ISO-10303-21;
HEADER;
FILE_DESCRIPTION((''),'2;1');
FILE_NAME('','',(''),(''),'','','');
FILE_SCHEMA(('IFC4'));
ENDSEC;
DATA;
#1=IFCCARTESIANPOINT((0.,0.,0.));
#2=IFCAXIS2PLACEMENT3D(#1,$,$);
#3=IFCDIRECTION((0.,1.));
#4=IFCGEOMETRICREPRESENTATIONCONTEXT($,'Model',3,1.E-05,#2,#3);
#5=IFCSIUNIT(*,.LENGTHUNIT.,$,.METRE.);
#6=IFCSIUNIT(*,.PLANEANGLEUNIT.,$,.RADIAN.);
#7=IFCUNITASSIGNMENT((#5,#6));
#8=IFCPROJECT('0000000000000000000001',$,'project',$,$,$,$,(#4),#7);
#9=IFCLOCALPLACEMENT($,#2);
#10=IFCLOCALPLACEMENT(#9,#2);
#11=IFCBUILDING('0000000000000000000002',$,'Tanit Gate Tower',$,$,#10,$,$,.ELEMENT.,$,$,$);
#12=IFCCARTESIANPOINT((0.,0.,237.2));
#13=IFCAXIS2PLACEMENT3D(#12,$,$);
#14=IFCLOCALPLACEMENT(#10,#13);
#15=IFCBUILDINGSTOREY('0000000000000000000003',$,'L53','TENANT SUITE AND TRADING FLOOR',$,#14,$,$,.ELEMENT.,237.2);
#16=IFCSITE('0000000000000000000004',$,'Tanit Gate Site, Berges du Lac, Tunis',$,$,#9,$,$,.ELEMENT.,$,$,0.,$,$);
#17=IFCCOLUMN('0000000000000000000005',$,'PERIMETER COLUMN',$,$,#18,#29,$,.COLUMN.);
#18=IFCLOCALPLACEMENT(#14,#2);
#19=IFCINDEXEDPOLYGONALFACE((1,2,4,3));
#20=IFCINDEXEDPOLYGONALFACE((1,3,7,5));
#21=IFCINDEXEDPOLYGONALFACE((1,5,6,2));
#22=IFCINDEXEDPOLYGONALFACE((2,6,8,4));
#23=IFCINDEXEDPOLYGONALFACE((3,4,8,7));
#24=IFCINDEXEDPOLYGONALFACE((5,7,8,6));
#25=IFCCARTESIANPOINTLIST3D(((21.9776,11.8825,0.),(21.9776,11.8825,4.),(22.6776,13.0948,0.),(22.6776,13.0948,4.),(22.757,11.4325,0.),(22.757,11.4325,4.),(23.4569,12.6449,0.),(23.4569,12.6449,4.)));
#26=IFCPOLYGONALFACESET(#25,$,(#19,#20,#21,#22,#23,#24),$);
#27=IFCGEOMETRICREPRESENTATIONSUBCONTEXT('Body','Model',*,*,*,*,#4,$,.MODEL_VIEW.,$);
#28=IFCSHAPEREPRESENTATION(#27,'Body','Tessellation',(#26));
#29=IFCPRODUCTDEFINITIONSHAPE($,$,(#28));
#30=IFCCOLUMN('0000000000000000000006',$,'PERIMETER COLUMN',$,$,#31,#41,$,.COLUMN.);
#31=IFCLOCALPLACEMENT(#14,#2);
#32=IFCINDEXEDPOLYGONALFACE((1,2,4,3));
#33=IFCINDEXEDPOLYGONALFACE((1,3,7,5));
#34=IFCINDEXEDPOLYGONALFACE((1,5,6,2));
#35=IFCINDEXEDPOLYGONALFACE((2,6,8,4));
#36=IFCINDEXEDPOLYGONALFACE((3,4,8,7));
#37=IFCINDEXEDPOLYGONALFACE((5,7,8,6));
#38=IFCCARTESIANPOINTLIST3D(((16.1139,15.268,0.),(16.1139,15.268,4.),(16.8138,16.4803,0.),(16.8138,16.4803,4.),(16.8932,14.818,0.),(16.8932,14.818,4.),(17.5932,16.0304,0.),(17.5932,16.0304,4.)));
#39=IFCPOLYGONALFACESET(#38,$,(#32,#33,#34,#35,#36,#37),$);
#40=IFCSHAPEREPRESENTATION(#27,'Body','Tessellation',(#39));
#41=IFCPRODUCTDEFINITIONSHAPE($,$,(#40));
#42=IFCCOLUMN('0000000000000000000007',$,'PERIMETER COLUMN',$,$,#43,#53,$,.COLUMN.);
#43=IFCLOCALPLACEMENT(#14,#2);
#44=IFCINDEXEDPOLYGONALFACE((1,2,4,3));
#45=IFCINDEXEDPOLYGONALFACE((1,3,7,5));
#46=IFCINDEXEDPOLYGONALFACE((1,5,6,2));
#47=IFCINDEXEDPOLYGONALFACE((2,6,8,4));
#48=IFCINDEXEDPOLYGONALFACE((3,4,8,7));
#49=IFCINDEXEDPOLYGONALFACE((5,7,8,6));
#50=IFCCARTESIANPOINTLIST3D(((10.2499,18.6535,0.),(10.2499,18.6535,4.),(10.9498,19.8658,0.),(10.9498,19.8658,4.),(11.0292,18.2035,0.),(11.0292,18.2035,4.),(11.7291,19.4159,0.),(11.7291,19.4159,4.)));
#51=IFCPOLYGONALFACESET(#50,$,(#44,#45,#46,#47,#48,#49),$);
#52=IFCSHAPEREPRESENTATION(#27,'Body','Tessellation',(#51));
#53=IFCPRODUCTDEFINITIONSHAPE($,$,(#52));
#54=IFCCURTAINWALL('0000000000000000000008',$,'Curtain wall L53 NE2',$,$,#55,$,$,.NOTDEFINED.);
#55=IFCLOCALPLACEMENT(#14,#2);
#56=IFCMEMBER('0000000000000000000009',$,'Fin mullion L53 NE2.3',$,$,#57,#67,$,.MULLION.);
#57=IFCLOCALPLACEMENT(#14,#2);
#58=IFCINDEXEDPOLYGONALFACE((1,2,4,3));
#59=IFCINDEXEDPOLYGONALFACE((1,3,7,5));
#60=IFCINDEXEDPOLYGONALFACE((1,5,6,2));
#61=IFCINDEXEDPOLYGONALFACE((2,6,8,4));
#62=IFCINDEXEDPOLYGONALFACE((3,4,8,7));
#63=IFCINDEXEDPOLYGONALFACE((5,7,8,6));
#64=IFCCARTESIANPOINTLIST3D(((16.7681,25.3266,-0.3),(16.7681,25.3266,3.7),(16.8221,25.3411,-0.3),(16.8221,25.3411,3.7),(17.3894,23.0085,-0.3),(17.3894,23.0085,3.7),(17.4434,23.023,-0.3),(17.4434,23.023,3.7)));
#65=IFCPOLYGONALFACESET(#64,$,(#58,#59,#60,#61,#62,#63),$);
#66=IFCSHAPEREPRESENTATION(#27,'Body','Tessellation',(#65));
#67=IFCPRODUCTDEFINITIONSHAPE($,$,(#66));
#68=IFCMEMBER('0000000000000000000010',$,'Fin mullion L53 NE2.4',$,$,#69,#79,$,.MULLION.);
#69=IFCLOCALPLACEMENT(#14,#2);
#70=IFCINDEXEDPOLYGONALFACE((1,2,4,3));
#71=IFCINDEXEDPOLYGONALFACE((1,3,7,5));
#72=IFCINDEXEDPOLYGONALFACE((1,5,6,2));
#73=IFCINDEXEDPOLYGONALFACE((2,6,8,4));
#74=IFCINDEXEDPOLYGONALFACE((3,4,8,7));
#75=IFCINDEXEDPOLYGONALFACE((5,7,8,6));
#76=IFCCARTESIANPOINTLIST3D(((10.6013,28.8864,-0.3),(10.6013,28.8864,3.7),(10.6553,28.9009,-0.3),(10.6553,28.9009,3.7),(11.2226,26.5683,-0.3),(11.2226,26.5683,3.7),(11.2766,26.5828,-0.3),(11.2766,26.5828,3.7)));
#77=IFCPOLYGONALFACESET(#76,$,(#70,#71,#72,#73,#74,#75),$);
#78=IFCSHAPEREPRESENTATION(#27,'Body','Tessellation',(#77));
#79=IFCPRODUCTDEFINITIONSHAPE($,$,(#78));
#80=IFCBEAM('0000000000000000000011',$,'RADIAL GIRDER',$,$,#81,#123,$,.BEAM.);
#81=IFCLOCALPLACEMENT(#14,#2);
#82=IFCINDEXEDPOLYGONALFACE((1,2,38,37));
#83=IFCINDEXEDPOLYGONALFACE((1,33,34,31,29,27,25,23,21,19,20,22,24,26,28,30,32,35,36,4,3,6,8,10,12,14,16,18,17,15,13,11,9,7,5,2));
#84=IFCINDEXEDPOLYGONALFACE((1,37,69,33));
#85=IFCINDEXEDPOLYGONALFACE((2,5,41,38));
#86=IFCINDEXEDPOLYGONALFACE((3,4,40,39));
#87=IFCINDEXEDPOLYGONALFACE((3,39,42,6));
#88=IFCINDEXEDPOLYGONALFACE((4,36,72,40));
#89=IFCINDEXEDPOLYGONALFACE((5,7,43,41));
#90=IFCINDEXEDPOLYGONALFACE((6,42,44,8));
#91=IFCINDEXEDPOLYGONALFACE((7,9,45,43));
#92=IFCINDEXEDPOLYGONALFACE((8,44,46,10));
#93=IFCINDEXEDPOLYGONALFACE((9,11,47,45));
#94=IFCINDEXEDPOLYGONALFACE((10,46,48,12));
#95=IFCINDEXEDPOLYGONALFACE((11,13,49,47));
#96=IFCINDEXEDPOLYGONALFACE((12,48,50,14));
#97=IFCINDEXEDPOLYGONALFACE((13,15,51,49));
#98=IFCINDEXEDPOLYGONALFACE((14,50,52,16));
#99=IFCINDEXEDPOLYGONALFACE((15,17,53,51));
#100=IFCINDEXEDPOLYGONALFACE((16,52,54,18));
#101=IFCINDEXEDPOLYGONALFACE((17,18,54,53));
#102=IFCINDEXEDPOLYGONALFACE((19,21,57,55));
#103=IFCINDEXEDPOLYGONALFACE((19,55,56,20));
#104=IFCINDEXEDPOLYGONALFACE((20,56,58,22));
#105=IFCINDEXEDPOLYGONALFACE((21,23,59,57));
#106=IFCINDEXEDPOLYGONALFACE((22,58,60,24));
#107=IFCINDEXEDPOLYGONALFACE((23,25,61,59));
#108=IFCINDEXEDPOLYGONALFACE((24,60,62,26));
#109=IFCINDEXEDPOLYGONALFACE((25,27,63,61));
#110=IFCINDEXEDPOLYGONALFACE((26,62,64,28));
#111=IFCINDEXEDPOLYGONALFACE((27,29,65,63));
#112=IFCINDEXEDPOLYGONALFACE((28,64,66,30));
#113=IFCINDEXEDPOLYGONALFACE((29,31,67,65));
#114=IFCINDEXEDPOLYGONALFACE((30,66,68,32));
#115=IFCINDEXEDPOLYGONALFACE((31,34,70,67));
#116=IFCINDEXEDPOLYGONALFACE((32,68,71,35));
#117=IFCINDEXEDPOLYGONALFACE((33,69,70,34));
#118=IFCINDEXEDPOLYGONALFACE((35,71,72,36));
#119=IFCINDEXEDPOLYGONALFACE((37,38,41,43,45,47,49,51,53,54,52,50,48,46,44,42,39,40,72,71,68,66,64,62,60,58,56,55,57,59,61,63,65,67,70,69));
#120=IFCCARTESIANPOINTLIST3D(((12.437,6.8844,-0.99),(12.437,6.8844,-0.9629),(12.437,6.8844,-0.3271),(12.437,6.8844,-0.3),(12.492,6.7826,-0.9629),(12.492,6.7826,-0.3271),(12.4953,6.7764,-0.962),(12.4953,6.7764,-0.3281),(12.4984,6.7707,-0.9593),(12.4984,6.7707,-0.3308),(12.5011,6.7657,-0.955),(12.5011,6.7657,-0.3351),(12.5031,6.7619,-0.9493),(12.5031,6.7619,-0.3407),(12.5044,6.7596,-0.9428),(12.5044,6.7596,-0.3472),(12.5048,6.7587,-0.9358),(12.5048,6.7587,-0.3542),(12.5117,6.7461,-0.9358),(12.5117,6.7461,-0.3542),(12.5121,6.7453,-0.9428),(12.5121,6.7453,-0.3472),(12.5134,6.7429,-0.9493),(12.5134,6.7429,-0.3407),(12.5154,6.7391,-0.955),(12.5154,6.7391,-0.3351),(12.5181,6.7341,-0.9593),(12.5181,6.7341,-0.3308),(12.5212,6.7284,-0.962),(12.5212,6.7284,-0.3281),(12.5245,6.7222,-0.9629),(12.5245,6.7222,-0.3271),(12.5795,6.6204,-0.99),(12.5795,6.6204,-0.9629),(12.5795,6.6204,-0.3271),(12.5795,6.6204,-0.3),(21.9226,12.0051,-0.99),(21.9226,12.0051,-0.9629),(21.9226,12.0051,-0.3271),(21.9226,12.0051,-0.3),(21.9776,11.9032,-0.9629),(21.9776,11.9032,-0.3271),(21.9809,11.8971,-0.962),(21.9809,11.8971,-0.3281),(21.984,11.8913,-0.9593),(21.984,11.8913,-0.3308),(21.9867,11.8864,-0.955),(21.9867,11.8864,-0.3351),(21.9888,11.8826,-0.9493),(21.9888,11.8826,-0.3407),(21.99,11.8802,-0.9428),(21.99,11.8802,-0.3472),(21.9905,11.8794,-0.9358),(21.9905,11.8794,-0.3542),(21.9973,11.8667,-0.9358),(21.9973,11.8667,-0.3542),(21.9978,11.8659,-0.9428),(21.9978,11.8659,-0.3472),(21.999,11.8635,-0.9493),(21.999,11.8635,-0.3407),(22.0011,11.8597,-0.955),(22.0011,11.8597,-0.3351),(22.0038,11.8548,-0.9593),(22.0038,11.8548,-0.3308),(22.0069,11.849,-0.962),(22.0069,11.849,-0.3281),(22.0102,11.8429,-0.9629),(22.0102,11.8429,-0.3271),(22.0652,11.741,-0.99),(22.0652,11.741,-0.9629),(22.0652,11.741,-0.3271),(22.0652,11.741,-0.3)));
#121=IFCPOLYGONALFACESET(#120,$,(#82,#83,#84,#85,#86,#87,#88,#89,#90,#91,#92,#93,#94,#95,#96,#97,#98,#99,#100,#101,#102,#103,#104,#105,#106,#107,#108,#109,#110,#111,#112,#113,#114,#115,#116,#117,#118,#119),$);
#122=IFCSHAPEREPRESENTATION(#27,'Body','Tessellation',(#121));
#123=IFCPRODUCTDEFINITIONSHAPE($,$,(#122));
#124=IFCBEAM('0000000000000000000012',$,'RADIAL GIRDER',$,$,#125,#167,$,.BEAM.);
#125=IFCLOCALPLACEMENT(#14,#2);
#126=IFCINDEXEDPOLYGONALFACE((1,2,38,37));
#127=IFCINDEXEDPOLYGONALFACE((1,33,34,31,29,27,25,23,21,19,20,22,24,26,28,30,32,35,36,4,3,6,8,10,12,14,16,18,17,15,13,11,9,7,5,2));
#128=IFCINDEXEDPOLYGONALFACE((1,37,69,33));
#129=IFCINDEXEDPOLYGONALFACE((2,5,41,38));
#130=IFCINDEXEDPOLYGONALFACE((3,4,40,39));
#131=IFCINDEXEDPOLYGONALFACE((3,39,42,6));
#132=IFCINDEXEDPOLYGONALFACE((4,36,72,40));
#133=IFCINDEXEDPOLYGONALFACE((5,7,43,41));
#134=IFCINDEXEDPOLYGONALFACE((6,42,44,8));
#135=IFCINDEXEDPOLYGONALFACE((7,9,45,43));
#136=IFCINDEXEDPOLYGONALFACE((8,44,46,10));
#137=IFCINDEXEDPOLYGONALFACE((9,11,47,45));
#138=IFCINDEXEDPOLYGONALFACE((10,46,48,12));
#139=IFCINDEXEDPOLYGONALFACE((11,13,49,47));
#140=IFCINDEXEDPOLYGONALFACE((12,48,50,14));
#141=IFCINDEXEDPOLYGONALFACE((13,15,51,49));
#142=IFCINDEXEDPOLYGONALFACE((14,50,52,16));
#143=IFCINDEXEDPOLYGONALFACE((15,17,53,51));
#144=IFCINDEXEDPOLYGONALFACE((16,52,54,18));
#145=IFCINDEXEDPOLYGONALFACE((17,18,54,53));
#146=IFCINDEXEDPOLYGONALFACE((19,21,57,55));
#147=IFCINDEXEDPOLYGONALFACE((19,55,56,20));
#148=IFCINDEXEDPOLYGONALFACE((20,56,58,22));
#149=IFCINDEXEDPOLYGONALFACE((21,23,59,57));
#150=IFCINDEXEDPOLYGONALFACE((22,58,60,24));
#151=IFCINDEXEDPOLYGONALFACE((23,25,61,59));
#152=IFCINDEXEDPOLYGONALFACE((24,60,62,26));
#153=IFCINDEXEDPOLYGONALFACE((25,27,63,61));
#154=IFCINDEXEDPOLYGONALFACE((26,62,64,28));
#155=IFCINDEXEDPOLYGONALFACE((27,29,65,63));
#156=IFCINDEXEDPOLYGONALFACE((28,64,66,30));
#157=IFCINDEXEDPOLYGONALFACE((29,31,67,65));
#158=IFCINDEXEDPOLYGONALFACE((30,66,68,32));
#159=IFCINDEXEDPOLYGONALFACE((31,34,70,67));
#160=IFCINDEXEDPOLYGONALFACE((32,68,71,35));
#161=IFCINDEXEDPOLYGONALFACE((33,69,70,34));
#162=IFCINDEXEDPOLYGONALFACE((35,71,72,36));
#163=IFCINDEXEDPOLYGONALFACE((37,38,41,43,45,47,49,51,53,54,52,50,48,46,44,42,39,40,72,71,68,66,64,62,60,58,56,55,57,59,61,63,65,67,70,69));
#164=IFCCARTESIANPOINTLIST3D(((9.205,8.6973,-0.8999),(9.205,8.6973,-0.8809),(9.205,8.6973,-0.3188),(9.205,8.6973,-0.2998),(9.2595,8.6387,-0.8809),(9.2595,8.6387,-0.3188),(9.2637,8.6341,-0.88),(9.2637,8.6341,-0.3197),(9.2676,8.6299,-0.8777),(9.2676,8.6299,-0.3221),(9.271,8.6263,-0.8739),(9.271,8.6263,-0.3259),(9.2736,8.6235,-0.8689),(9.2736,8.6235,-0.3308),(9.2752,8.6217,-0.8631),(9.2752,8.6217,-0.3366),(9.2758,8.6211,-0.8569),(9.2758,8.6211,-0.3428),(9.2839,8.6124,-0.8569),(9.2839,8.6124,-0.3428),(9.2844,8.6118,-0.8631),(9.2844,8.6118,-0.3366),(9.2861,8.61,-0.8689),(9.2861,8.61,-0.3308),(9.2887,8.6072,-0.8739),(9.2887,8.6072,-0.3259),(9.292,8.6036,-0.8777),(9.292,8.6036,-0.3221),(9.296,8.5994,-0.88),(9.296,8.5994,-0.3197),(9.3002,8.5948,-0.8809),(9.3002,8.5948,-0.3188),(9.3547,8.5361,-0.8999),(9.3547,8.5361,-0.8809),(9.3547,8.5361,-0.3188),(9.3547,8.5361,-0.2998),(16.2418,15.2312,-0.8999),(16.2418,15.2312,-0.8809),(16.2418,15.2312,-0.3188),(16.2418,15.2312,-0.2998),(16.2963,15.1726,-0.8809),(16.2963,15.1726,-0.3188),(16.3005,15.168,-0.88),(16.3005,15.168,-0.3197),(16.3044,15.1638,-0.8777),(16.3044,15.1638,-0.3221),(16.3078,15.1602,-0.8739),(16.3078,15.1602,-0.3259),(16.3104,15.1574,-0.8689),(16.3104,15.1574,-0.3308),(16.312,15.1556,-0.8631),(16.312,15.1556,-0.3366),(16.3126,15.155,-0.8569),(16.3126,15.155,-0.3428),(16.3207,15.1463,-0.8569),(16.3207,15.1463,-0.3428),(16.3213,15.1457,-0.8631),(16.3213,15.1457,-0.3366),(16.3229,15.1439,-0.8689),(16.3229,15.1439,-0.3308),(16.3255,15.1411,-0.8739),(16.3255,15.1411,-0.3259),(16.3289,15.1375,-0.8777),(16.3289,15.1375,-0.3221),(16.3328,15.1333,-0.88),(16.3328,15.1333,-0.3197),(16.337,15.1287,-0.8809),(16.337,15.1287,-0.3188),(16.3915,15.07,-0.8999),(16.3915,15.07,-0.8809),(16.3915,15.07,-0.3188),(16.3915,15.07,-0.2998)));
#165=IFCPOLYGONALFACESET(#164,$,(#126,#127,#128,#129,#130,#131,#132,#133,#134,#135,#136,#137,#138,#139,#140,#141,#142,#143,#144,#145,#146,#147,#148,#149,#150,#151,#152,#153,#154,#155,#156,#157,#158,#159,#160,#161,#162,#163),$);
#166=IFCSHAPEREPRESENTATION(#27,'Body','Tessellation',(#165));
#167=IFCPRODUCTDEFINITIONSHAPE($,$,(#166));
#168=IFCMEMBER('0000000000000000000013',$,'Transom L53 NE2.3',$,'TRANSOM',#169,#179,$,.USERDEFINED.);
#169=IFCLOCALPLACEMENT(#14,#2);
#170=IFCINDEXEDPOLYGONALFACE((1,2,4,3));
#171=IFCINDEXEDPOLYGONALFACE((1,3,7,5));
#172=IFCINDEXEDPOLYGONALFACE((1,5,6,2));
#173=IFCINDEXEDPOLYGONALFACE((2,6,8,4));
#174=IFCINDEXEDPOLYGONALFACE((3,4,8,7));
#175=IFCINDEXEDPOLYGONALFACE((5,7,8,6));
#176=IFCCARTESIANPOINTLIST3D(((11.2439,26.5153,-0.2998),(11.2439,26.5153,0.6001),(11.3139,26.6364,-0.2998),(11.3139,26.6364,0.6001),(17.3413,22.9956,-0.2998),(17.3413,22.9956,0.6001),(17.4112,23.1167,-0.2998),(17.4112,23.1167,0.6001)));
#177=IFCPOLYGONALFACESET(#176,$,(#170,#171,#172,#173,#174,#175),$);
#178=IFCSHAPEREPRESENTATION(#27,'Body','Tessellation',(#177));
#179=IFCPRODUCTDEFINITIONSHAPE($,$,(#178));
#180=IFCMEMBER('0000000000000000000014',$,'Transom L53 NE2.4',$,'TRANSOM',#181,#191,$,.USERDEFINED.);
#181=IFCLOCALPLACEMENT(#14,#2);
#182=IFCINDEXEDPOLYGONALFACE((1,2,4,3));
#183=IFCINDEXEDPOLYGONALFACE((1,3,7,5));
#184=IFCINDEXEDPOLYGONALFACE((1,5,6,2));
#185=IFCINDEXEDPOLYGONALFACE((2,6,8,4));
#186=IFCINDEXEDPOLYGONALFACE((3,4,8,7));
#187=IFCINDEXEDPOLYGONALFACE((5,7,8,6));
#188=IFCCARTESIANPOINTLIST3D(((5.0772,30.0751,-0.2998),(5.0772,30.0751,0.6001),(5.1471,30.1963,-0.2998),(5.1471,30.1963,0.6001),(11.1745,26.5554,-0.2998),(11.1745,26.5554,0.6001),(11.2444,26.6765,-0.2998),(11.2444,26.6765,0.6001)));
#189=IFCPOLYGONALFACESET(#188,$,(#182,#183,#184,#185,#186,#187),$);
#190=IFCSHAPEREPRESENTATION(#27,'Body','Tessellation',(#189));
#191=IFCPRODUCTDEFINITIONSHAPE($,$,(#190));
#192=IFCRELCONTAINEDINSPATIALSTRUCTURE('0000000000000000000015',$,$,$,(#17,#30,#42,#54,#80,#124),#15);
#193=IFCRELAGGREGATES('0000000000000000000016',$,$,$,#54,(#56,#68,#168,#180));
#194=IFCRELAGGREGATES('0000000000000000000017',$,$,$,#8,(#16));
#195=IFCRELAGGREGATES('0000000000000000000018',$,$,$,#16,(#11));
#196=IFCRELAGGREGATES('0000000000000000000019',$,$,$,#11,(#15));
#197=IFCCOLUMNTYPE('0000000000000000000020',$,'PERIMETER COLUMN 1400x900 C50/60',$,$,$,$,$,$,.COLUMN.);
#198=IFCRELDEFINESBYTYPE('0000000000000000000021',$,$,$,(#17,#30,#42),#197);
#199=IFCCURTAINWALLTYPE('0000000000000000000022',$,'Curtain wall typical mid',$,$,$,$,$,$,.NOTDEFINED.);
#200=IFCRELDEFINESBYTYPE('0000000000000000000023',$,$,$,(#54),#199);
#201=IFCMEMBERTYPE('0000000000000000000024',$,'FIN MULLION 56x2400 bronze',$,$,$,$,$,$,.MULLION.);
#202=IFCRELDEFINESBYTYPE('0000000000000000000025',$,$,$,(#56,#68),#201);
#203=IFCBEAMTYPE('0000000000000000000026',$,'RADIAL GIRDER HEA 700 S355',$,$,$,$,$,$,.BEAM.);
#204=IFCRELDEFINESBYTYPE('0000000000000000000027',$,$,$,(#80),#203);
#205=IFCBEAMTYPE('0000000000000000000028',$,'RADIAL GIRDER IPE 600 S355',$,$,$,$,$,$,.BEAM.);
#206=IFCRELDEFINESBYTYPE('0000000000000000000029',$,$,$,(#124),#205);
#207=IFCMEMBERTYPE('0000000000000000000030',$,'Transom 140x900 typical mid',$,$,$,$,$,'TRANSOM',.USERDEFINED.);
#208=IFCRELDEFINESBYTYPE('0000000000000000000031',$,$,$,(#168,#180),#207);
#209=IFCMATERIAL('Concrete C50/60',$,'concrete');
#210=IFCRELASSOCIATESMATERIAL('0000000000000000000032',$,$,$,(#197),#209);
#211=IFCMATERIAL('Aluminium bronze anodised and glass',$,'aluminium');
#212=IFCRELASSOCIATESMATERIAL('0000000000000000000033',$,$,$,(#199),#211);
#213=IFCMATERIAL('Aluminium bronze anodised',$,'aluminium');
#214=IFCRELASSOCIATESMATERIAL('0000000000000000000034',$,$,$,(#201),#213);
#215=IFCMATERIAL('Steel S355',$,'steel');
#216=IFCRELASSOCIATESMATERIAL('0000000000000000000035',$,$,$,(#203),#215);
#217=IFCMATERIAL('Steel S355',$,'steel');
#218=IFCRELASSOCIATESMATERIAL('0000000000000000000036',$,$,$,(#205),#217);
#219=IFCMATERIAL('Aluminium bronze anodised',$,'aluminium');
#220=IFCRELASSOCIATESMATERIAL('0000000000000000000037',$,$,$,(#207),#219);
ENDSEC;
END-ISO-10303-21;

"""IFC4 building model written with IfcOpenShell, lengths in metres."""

from ifc_helpers import new_model, si_unit, direction, frame, origin, origin_2d, place, context, subcontext, project, spatial, rectangle, i_section, extrude, material, material_profile, profile_set, type_object, element, aggregate, save


model = new_model("IFC4")

# Units and contexts
model_context = context("Model", 3, precision=1e-05, world=origin(), true_north=direction((0.0, 1.0)))
body_context = subcontext(model_context, "Body", "Model", "MODEL_VIEW")
ifc_project = project(units=[si_unit("LENGTHUNIT", "METRE"), si_unit("PLANEANGLEUNIT", "RADIAN")], contexts=[model_context])

# Site, building, storey
site_placement = place(None, origin())
site = spatial("IfcSite", under=ifc_project, at=site_placement, Name="Tanit Gate Site, Berges du Lac, Tunis", CompositionType="ELEMENT", RefElevation=0.0)
building_placement = place(site_placement, origin())
building = spatial("IfcBuilding", under=site, at=building_placement, Name="Tanit Gate Tower", CompositionType="ELEMENT")
storey_placement = place(building_placement, frame((0.0, 0.0, 237.2)))
storey = spatial("IfcBuildingStorey", under=building, at=storey_placement, Name="L53", Description="TENANT SUITE AND TRADING FLOOR", CompositionType="ELEMENT", Elevation=237.2)

# Columns
ifc_material_1 = material(Name="Concrete C50/60", Category="concrete")
ifc_material_profile_1 = material_profile(ifc_material_1, rectangle(XDim=1.3999, YDim=0.8999, at=origin_2d()), Name="RC 1400x900")
ifc_profile_set_1 = profile_set([ifc_material_profile_1], Name="Concrete C50/60")
column_type = type_object("IfcColumnType", Name="PERIMETER COLUMN 1400x900 C50/60", PredefinedType="COLUMN", material=ifc_profile_set_1)
for number, where, z_axis, x_axis, name in (
    (1, (22.7173, 12.2637, 0.0), (0.0, 0.0, 1.0), (0.5, 0.866025, 0.0), "PERIMETER COLUMN"),
    (2, (16.8535, 15.6492, 0.0), (0.0, 0.0, 1.0), (0.5, 0.866025, 0.0), "PERIMETER COLUMN"),
    (3, (10.9895, 19.0347, 0.0), (0.0, 0.0, 1.0), (0.5, 0.866025, 0.0), "PERIMETER COLUMN"),
):
    element("IfcColumn", number, at=place(storey_placement, frame(where, z_axis=z_axis, x_axis=x_axis)), inside=storey, type_object=column_type, Name=name, PredefinedType="COLUMN", context=body_context, shape_type="SweptSolid", body=[
        extrude(rectangle(XDim=1.3999, YDim=0.8999, at=origin_2d()), origin(), (0.0, 0.0, 1.0), 4.0),
    ])

# Curtain wall, members
ifc_material_2 = material(Name="Aluminium bronze anodised and glass", Category="aluminium")
curtain_wall_type = type_object("IfcCurtainWallType", Name="Curtain wall typical mid", PredefinedType="NOTDEFINED", material=ifc_material_2)
curtain_wall_placement = place(storey_placement, origin())
curtain_wall = element("IfcCurtainWall", 4, at=curtain_wall_placement, inside=storey, type_object=curtain_wall_type, Name="Curtain wall L53 NE2", PredefinedType="NOTDEFINED")
ifc_material_3 = material(Name="Aluminium bronze anodised", Category="aluminium")
ifc_material_profile_2 = material_profile(ifc_material_3, rectangle(XDim=2.3999, YDim=0.0559, at=origin_2d()), Name="56x2400 bronze fin mullion")
ifc_profile_set_2 = profile_set([ifc_material_profile_2], Name="Aluminium bronze anodised")
member_type_1 = type_object("IfcMemberType", Name="FIN MULLION 56x2400 bronze", PredefinedType="MULLION", material=ifc_profile_set_2)
member_1_placement = place(storey_placement, frame((17.1057, 24.1748, -0.3), z_axis=(0.0, 0.0, 1.0), x_axis=(0.258886, -0.965908, 0.0)))
member_1 = element("IfcMember", 5, at=member_1_placement, type_object=member_type_1, Name="Fin mullion L53 NE2.3", PredefinedType="MULLION", context=body_context, shape_type="SweptSolid", body=[
    extrude(rectangle(XDim=2.3999, YDim=0.0559, at=origin_2d()), origin(), (0.0, 0.0, 1.0), 4.0),
])
member_2_placement = place(storey_placement, frame((10.939, 27.7346, -0.3), z_axis=(0.0, 0.0, 1.0), x_axis=(0.258886, -0.965908, 0.0)))
member_2 = element("IfcMember", 6, at=member_2_placement, type_object=member_type_1, Name="Fin mullion L53 NE2.4", PredefinedType="MULLION", context=body_context, shape_type="SweptSolid", body=[
    extrude(rectangle(XDim=2.3999, YDim=0.0559, at=origin_2d()), origin(), (0.0, 0.0, 1.0), 4.0),
])

# Beams
ifc_material_4 = material(Name="Steel S355", Category="steel")
ifc_material_profile_3 = material_profile(ifc_material_4, i_section(OverallWidth=0.3, OverallDepth=0.6899, WebThickness=0.0144, FlangeThickness=0.0271, FilletRadius=0.0271, at=origin_2d()), Name="HEA 700")
ifc_profile_set_3 = profile_set([ifc_material_profile_3], Name="Steel S355")
beam_type_1 = type_object("IfcBeamType", Name="RADIAL GIRDER HEA 700 S355", PredefinedType="BEAM", material=ifc_profile_set_3)
beam_1_placement = place(storey_placement, frame((21.9939, 11.873, -0.645), z_axis=(-0.879968, -0.475033, 0.0), x_axis=(0.475033, -0.879968, 0.0)))
element("IfcBeam", 7, at=beam_1_placement, inside=storey, type_object=beam_type_1, Name="RADIAL GIRDER", PredefinedType="BEAM", context=body_context, shape_type="SweptSolid", body=[
    extrude(i_section(OverallWidth=0.3, OverallDepth=0.6899, WebThickness=0.0144, FlangeThickness=0.0271, FilletRadius=0.0271, at=origin_2d()), origin(), (0.0, 0.0, 1.0), 10.7795),
])
ifc_material_5 = material(Name="Steel S355", Category="steel")
ifc_material_profile_4 = material_profile(ifc_material_5, i_section(OverallWidth=0.22, OverallDepth=0.6001, WebThickness=0.012, FlangeThickness=0.019, FilletRadius=0.0239, at=origin_2d()), Name="IPE 600")
ifc_profile_set_4 = profile_set([ifc_material_profile_4], Name="Steel S355")
beam_type_2 = type_object("IfcBeamType", Name="RADIAL GIRDER IPE 600 S355", PredefinedType="BEAM", material=ifc_profile_set_4)
beam_2_placement = place(storey_placement, frame((16.3167, 15.1506, -0.5999), z_axis=(-0.732809, -0.680435, 0.0), x_axis=(0.680435, -0.732809, 0.0)))
element("IfcBeam", 8, at=beam_2_placement, inside=storey, type_object=beam_type_2, Name="RADIAL GIRDER", PredefinedType="BEAM", context=body_context, shape_type="SweptSolid", body=[
    extrude(i_section(OverallWidth=0.22, OverallDepth=0.6001, WebThickness=0.012, FlangeThickness=0.019, FilletRadius=0.0239, at=origin_2d()), origin(), (0.0, 0.0, 1.0), 9.6025),
])

# Members
ifc_material_6 = material(Name="Aluminium bronze anodised", Category="aluminium")
ifc_material_profile_5 = material_profile(ifc_material_6, rectangle(XDim=0.1399, YDim=0.8999, at=origin_2d()), Name="140x900 bronze transom")
ifc_profile_set_5 = profile_set([ifc_material_profile_5], Name="Aluminium bronze anodised")
member_type_2 = type_object("IfcMemberType", Name="Transom 140x900 typical mid", ElementType="TRANSOM", PredefinedType="USERDEFINED", material=ifc_profile_set_5)
member_3_placement = place(storey_placement, frame((17.3762, 23.0562, 0.1501), z_axis=(-0.86606, 0.49994, 0.0), x_axis=(-0.49994, -0.86606, 0.0)))
member_3 = element("IfcMember", 9, at=member_3_placement, type_object=member_type_2, Name="Transom L53 NE2.3", ObjectType="TRANSOM", PredefinedType="USERDEFINED", context=body_context, shape_type="SweptSolid", body=[
    extrude(rectangle(XDim=0.1399, YDim=0.8999, at=origin_2d()), origin(), (0.0, 0.0, 1.0), 7.0403),
])
member_4_placement = place(storey_placement, frame((11.2095, 26.616, 0.1501), z_axis=(-0.86606, 0.49994, 0.0), x_axis=(-0.49994, -0.86606, 0.0)))
member_4 = element("IfcMember", 10, at=member_4_placement, type_object=member_type_2, Name="Transom L53 NE2.4", ObjectType="TRANSOM", PredefinedType="USERDEFINED", context=body_context, shape_type="SweptSolid", body=[
    extrude(rectangle(XDim=0.1399, YDim=0.8999, at=origin_2d()), origin(), (0.0, 0.0, 1.0), 7.0403),
])

aggregate(curtain_wall, [member_1, member_2, member_3, member_4])

save(model, "model.ifc")
